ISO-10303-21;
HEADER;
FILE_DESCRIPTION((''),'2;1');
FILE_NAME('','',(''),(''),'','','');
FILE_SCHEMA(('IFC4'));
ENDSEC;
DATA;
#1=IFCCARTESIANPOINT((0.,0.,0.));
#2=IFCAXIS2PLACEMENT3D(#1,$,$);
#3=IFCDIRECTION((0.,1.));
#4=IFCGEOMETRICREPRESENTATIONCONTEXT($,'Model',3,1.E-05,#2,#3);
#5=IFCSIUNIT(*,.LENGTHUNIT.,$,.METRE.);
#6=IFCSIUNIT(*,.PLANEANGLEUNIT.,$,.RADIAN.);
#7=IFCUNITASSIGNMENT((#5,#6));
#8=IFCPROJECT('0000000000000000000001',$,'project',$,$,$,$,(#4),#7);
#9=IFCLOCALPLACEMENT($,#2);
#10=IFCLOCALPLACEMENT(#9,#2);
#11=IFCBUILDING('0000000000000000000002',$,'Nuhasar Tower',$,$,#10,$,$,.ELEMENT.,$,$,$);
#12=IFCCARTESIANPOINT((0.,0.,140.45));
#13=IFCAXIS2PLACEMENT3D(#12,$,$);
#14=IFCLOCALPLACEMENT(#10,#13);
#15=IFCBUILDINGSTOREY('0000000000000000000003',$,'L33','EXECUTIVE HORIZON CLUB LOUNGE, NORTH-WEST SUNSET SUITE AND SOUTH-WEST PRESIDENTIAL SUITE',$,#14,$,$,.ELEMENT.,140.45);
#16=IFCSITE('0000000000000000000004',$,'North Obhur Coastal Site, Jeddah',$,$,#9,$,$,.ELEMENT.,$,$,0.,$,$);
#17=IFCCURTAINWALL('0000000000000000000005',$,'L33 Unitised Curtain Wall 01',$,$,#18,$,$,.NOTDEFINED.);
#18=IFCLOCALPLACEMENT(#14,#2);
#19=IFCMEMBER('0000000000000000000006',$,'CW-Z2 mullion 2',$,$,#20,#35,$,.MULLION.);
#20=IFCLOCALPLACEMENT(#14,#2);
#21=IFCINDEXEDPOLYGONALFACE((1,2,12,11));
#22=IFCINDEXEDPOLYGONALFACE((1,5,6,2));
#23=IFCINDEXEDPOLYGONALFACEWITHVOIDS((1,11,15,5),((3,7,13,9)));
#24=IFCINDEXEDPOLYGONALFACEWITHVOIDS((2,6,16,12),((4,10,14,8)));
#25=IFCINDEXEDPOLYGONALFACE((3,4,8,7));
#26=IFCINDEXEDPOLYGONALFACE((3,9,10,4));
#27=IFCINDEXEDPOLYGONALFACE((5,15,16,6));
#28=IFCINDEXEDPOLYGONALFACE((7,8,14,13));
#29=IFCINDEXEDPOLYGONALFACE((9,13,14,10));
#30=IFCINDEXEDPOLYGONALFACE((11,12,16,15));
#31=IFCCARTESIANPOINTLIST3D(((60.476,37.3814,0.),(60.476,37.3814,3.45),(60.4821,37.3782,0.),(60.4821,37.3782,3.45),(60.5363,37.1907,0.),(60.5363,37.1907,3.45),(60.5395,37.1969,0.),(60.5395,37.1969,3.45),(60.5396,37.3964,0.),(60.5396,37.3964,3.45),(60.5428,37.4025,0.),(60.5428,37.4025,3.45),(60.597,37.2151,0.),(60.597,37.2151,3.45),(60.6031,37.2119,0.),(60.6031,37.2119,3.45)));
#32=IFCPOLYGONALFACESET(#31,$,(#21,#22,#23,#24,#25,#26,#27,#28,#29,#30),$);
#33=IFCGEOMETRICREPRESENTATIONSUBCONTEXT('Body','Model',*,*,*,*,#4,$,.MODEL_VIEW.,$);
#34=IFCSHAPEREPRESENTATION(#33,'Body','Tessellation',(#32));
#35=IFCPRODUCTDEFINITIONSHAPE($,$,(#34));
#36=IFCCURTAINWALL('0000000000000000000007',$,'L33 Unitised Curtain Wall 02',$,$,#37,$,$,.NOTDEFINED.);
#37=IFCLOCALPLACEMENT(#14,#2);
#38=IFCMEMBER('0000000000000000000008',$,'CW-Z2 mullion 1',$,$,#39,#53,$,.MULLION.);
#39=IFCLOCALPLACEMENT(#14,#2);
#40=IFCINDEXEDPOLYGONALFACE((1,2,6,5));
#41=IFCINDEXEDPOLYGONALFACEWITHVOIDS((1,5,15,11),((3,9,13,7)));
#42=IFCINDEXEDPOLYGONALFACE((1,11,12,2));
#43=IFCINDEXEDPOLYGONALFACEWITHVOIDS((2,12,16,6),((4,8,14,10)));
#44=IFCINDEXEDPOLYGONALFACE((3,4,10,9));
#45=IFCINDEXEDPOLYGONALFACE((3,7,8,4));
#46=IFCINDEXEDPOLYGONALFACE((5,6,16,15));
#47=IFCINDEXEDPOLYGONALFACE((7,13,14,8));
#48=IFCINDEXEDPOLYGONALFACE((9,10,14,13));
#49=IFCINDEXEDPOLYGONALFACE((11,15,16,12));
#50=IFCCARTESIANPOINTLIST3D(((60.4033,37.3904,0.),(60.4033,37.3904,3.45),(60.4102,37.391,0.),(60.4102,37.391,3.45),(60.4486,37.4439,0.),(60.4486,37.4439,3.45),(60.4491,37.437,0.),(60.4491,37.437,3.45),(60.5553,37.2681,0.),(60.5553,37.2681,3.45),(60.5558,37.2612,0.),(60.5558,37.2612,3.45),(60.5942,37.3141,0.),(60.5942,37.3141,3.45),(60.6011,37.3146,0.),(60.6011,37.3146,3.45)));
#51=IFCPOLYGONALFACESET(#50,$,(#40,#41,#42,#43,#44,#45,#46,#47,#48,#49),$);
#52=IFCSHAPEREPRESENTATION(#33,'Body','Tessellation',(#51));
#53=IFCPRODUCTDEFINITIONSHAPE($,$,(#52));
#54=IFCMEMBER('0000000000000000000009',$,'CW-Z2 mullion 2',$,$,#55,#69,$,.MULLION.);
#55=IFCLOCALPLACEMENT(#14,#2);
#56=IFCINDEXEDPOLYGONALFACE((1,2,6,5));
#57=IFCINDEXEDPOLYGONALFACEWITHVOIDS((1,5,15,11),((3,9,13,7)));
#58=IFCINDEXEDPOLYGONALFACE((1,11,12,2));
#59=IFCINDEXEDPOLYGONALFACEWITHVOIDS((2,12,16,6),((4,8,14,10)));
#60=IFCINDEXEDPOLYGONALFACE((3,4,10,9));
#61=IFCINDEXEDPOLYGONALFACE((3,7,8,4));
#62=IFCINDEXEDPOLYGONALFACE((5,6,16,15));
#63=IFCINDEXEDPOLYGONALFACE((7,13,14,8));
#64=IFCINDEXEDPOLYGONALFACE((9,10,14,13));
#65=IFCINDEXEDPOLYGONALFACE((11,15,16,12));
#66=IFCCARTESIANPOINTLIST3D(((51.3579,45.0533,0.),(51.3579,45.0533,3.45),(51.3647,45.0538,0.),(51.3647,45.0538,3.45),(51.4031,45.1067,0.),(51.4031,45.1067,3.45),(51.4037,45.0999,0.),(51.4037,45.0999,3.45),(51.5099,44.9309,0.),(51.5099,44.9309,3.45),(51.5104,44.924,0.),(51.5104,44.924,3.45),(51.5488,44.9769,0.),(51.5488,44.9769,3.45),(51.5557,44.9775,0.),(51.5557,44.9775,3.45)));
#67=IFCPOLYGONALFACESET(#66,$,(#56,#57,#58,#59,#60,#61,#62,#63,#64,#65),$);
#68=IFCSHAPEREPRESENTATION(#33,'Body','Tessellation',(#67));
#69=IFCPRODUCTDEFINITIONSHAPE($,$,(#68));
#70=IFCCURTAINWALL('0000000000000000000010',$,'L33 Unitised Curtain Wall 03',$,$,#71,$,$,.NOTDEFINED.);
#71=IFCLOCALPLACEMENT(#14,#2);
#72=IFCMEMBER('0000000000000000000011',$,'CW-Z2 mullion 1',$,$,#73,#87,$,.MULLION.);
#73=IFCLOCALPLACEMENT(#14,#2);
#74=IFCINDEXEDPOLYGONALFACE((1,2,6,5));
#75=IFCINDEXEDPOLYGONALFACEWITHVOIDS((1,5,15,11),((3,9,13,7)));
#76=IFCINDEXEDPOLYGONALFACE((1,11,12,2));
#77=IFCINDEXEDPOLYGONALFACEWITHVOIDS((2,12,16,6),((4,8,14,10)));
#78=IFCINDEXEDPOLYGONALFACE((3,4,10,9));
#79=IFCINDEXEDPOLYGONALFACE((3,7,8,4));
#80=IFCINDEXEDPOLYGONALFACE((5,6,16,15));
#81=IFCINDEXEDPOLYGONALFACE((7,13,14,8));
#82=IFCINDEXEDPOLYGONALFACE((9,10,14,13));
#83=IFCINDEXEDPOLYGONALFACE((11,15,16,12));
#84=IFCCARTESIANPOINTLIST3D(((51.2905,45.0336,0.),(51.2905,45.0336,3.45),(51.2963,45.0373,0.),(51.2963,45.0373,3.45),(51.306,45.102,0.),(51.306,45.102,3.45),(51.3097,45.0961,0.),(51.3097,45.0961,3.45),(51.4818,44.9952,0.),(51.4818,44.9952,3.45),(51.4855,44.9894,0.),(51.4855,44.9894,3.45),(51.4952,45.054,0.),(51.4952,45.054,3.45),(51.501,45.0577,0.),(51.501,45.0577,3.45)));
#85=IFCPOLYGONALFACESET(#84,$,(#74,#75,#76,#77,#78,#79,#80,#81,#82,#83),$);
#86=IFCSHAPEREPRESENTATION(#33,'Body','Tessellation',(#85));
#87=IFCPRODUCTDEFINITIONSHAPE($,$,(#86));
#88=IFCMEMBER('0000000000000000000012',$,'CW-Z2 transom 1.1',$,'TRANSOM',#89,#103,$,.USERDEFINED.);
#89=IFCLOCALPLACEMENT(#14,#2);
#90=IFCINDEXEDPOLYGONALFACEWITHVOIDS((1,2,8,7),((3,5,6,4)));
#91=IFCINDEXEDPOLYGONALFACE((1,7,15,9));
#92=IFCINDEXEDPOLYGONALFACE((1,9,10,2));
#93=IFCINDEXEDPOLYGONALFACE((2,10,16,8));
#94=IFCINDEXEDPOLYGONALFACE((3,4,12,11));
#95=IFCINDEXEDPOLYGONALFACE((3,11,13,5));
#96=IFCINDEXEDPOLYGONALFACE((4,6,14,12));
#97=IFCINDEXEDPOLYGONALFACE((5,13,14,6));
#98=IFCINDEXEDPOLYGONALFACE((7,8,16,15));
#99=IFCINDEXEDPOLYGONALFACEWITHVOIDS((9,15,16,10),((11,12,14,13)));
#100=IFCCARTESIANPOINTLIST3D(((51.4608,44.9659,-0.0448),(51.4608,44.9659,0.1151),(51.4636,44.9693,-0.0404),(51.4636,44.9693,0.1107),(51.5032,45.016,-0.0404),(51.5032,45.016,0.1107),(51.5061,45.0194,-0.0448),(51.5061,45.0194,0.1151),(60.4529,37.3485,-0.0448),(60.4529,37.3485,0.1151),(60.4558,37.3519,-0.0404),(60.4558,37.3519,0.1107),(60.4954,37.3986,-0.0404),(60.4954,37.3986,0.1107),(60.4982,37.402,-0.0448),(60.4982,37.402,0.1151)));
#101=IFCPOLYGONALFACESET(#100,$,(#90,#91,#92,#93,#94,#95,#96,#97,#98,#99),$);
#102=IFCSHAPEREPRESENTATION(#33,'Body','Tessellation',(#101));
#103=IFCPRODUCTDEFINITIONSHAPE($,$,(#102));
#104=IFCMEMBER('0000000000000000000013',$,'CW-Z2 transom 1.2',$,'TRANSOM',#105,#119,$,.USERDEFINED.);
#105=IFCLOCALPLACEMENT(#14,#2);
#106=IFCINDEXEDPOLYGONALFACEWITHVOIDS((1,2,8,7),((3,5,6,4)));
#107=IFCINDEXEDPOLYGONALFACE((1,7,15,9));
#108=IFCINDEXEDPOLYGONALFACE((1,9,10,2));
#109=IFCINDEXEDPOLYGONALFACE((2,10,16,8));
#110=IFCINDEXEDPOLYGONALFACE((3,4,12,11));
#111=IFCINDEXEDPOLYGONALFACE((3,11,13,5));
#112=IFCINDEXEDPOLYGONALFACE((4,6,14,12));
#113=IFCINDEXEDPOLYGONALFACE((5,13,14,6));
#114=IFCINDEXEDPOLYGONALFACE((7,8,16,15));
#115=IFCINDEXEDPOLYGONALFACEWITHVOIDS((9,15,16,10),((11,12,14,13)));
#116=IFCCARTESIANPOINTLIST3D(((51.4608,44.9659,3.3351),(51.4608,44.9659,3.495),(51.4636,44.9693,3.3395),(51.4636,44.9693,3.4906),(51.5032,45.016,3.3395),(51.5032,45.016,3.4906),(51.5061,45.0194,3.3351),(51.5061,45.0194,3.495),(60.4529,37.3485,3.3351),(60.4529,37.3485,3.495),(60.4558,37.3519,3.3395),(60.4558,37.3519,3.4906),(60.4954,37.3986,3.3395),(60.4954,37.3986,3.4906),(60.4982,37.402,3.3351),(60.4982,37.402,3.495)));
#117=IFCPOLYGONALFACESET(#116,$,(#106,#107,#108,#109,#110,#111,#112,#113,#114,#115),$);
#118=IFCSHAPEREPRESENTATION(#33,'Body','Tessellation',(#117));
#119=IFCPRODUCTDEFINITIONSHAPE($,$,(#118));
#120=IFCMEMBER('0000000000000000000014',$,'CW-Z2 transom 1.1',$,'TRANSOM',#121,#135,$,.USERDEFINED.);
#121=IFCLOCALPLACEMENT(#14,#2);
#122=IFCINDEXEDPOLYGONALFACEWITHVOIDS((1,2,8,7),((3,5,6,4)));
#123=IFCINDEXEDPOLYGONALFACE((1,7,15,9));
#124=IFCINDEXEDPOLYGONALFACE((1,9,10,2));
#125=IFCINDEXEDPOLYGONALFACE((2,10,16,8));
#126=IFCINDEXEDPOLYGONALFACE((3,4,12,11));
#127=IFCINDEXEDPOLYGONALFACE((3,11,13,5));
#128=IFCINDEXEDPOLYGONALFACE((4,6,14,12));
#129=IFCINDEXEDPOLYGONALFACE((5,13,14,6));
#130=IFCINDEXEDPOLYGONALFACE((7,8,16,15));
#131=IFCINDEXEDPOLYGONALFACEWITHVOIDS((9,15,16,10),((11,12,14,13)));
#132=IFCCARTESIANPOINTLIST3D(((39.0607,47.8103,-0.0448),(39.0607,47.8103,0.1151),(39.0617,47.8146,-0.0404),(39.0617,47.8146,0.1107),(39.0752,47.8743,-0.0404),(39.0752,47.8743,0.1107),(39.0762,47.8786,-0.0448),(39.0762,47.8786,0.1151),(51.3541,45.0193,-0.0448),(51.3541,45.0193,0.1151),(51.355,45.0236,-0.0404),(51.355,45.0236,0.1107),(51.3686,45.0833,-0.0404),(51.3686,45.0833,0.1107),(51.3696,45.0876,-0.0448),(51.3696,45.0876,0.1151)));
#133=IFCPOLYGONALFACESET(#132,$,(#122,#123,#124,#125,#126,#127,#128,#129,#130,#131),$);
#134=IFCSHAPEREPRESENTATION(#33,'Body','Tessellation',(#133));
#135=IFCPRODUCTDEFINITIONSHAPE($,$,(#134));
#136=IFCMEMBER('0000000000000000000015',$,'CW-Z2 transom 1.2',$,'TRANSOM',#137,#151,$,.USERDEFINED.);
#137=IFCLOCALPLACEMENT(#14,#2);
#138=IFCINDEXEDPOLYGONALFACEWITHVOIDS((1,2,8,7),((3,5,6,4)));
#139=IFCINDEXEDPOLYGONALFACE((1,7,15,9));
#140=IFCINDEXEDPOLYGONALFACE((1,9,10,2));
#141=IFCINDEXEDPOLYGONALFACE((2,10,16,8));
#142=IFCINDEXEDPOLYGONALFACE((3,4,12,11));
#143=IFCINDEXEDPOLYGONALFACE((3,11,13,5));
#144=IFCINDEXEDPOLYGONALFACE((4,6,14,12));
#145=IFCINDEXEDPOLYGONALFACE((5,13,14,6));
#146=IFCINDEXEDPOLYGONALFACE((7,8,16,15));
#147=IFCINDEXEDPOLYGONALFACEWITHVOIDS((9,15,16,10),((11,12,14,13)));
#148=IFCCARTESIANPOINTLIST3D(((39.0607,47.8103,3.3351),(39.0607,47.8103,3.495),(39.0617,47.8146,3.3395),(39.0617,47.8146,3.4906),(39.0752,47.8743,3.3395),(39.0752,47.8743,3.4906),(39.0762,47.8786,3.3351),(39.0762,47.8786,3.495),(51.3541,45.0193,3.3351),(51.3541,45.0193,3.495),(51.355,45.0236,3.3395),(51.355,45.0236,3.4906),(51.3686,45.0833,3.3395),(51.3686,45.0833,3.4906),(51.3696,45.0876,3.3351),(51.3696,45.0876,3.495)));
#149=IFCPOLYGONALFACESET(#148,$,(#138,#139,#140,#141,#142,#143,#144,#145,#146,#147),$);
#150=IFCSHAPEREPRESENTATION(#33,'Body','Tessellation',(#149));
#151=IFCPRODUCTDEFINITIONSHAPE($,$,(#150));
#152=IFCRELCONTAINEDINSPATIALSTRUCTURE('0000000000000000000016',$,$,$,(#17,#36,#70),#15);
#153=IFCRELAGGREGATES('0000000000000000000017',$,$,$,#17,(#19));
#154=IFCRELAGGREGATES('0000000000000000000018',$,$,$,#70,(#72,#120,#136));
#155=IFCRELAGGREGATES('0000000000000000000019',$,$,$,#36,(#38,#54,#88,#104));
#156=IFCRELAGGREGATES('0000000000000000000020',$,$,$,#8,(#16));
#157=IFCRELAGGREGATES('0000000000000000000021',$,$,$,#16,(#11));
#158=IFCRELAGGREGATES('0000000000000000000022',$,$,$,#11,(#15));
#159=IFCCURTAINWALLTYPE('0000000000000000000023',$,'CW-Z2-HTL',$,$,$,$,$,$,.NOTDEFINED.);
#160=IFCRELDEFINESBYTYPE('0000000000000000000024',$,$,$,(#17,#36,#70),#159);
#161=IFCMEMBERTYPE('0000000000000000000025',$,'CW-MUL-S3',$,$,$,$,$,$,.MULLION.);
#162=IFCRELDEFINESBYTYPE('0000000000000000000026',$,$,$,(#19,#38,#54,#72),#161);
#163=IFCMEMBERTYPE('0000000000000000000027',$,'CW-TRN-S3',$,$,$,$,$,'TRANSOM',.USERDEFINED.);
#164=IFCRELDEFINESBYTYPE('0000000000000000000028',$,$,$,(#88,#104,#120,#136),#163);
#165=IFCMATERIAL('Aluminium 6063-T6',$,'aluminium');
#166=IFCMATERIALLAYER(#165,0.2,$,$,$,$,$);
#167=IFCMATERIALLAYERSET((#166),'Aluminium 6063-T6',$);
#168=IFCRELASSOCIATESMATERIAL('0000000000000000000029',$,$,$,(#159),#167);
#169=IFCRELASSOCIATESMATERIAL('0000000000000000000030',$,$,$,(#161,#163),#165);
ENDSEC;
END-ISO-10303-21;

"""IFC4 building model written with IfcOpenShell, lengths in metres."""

from ifc_helpers import new_model, si_unit, direction, frame, origin, origin_2d, place, context, subcontext, project, spatial, hollow_rectangle, extrude, material, layer, layer_set, material_profile, profile_set, type_object, element, aggregate, save


model = new_model("IFC4")

# Units and contexts
model_context = context("Model", 3, precision=1e-05, world=origin(), true_north=direction((0.0, 1.0)))
body_context = subcontext(model_context, "Body", "Model", "MODEL_VIEW")
ifc_project = project(units=[si_unit("LENGTHUNIT", "METRE"), si_unit("PLANEANGLEUNIT", "RADIAN")], contexts=[model_context])

# Site, building, storey
site_placement = place(None, origin())
site = spatial("IfcSite", under=ifc_project, at=site_placement, Name="North Obhur Coastal Site, Jeddah", CompositionType="ELEMENT", RefElevation=0.0)
building_placement = place(site_placement, origin())
building = spatial("IfcBuilding", under=site, at=building_placement, Name="Nuhasar Tower", CompositionType="ELEMENT")
storey_placement = place(building_placement, frame((0.0, 0.0, 140.45)))
storey = spatial("IfcBuildingStorey", under=building, at=storey_placement, Name="L33", Description="EXECUTIVE HORIZON CLUB LOUNGE, NORTH-WEST SUNSET SUITE AND SOUTH-WEST PRESIDENTIAL SUITE", CompositionType="ELEMENT", Elevation=140.45)

# Curtain wall, member
ifc_material_1 = material(Name="Aluminium 6063-T6", Category="aluminium")
ifc_layer_1 = layer(ifc_material_1, 0.2)
ifc_layer_set_1 = layer_set([ifc_layer_1], Name="Aluminium 6063-T6")
curtain_wall_type = type_object("IfcCurtainWallType", Name="CW-Z2-HTL", PredefinedType="NOTDEFINED", material=ifc_layer_set_1)
curtain_wall_1_placement = place(storey_placement, origin())
curtain_wall_1 = element("IfcCurtainWall", 1, at=curtain_wall_1_placement, inside=storey, type_object=curtain_wall_type, Name="L33 Unitised Curtain Wall 01", PredefinedType="NOTDEFINED")
ifc_material_profile_1 = material_profile(ifc_material_1, hollow_rectangle(XDim=0.0701, YDim=0.2, WallThickness=0.0049, at=origin_2d()), Name="CWM-3")
ifc_profile_set_1 = profile_set([ifc_material_profile_1], Name="Aluminium 6063-T6")
member_type_1 = type_object("IfcMemberType", Name="CW-MUL-S3", PredefinedType="MULLION", material=ifc_profile_set_1)
member_1_placement = place(storey_placement, frame((60.5396, 37.2966, 0.0), z_axis=(0.0, 0.0, 1.0), x_axis=(-0.953433, -0.301604, 0.0)))
member_1 = element("IfcMember", 2, at=member_1_placement, type_object=member_type_1, Name="CW-Z2 mullion 2", PredefinedType="MULLION", context=body_context, shape_type="SweptSolid", body=[
    extrude(hollow_rectangle(XDim=0.0701, YDim=0.2, WallThickness=0.0049, at=origin_2d()), origin(), (0.0, 0.0, 1.0), 3.45),
])
aggregate(curtain_wall_1, [member_1])

# Curtain wall, members
curtain_wall_2_placement = place(storey_placement, origin())
curtain_wall_2 = element("IfcCurtainWall", 3, at=curtain_wall_2_placement, inside=storey, type_object=curtain_wall_type, Name="L33 Unitised Curtain Wall 02", PredefinedType="NOTDEFINED")
member_2_placement = place(storey_placement, frame((60.5022, 37.3525, 0.0), z_axis=(0.0, 0.0, 1.0), x_axis=(-0.646374, -0.76302, 0.0)))
member_2 = element("IfcMember", 4, at=member_2_placement, type_object=member_type_1, Name="CW-Z2 mullion 1", PredefinedType="MULLION", context=body_context, shape_type="SweptSolid", body=[
    extrude(hollow_rectangle(XDim=0.0701, YDim=0.2, WallThickness=0.0049, at=origin_2d()), origin(), (0.0, 0.0, 1.0), 3.45),
])
member_3_placement = place(storey_placement, frame((51.4568, 45.0154, 0.0), z_axis=(0.0, 0.0, 1.0), x_axis=(-0.646374, -0.76302, 0.0)))
member_3 = element("IfcMember", 5, at=member_3_placement, type_object=member_type_1, Name="CW-Z2 mullion 2", PredefinedType="MULLION", context=body_context, shape_type="SweptSolid", body=[
    extrude(hollow_rectangle(XDim=0.0701, YDim=0.2, WallThickness=0.0049, at=origin_2d()), origin(), (0.0, 0.0, 1.0), 3.45),
])

# Curtain wall, member
curtain_wall_3_placement = place(storey_placement, origin())
curtain_wall_3 = element("IfcCurtainWall", 6, at=curtain_wall_3_placement, inside=storey, type_object=curtain_wall_type, Name="L33 Unitised Curtain Wall 03", PredefinedType="NOTDEFINED")
member_4_placement = place(storey_placement, frame((51.3958, 45.0457, 0.0), z_axis=(0.0, 0.0, 1.0), x_axis=(-0.221397, -0.975184, 0.0)))
member_4 = element("IfcMember", 7, at=member_4_placement, type_object=member_type_1, Name="CW-Z2 mullion 1", PredefinedType="MULLION", context=body_context, shape_type="SweptSolid", body=[
    extrude(hollow_rectangle(XDim=0.0701, YDim=0.2, WallThickness=0.0049, at=origin_2d()), origin(), (0.0, 0.0, 1.0), 3.45),
])

# Members
ifc_material_profile_2 = material_profile(ifc_material_1, hollow_rectangle(XDim=0.0701, YDim=0.1599, WallThickness=0.0044, at=origin_2d()), Name="CWT-3")
ifc_profile_set_2 = profile_set([ifc_material_profile_2], Name="Aluminium 6063-T6")
member_type_2 = type_object("IfcMemberType", Name="CW-TRN-S3", ElementType="TRANSOM", PredefinedType="USERDEFINED", material=ifc_profile_set_2)
member_5_placement = place(storey_placement, frame((60.4756, 37.3752, 0.0352), z_axis=(-0.763024, 0.64637, 0.0), x_axis=(-0.64637, -0.763024, 0.0)))
member_5 = element("IfcMember", 8, at=member_5_placement, type_object=member_type_2, Name="CW-Z2 transom 1.1", ObjectType="TRANSOM", PredefinedType="USERDEFINED", context=body_context, shape_type="SweptSolid", body=[
    extrude(hollow_rectangle(XDim=0.0701, YDim=0.1599, WallThickness=0.0044, at=origin_2d()), origin(), (0.0, 0.0, 1.0), 11.7849),
])
member_6_placement = place(storey_placement, frame((60.4756, 37.3752, 3.415), z_axis=(-0.763024, 0.64637, 0.0), x_axis=(-0.64637, -0.763024, 0.0)))
member_6 = element("IfcMember", 9, at=member_6_placement, type_object=member_type_2, Name="CW-Z2 transom 1.2", ObjectType="TRANSOM", PredefinedType="USERDEFINED", context=body_context, shape_type="SweptSolid", body=[
    extrude(hollow_rectangle(XDim=0.0701, YDim=0.1599, WallThickness=0.0044, at=origin_2d()), origin(), (0.0, 0.0, 1.0), 11.7849),
])
member_7_placement = place(storey_placement, frame((51.3618, 45.0535, 0.0352), z_axis=(-0.975183, 0.221398, 0.0), x_axis=(-0.221398, -0.975183, 0.0)))
member_7 = element("IfcMember", 10, at=member_7_placement, type_object=member_type_2, Name="CW-Z2 transom 1.1", ObjectType="TRANSOM", PredefinedType="USERDEFINED", context=body_context, shape_type="SweptSolid", body=[
    extrude(hollow_rectangle(XDim=0.0701, YDim=0.1599, WallThickness=0.0044, at=origin_2d()), origin(), (0.0, 0.0, 1.0), 12.6062),
])
member_8_placement = place(storey_placement, frame((51.3618, 45.0535, 3.415), z_axis=(-0.975183, 0.221398, 0.0), x_axis=(-0.221398, -0.975183, 0.0)))
member_8 = element("IfcMember", 11, at=member_8_placement, type_object=member_type_2, Name="CW-Z2 transom 1.2", ObjectType="TRANSOM", PredefinedType="USERDEFINED", context=body_context, shape_type="SweptSolid", body=[
    extrude(hollow_rectangle(XDim=0.0701, YDim=0.1599, WallThickness=0.0044, at=origin_2d()), origin(), (0.0, 0.0, 1.0), 12.6062),
])
aggregate(curtain_wall_3, [member_4, member_7, member_8])

aggregate(curtain_wall_2, [member_2, member_3, member_5, member_6])

save(model, "model.ifc")
